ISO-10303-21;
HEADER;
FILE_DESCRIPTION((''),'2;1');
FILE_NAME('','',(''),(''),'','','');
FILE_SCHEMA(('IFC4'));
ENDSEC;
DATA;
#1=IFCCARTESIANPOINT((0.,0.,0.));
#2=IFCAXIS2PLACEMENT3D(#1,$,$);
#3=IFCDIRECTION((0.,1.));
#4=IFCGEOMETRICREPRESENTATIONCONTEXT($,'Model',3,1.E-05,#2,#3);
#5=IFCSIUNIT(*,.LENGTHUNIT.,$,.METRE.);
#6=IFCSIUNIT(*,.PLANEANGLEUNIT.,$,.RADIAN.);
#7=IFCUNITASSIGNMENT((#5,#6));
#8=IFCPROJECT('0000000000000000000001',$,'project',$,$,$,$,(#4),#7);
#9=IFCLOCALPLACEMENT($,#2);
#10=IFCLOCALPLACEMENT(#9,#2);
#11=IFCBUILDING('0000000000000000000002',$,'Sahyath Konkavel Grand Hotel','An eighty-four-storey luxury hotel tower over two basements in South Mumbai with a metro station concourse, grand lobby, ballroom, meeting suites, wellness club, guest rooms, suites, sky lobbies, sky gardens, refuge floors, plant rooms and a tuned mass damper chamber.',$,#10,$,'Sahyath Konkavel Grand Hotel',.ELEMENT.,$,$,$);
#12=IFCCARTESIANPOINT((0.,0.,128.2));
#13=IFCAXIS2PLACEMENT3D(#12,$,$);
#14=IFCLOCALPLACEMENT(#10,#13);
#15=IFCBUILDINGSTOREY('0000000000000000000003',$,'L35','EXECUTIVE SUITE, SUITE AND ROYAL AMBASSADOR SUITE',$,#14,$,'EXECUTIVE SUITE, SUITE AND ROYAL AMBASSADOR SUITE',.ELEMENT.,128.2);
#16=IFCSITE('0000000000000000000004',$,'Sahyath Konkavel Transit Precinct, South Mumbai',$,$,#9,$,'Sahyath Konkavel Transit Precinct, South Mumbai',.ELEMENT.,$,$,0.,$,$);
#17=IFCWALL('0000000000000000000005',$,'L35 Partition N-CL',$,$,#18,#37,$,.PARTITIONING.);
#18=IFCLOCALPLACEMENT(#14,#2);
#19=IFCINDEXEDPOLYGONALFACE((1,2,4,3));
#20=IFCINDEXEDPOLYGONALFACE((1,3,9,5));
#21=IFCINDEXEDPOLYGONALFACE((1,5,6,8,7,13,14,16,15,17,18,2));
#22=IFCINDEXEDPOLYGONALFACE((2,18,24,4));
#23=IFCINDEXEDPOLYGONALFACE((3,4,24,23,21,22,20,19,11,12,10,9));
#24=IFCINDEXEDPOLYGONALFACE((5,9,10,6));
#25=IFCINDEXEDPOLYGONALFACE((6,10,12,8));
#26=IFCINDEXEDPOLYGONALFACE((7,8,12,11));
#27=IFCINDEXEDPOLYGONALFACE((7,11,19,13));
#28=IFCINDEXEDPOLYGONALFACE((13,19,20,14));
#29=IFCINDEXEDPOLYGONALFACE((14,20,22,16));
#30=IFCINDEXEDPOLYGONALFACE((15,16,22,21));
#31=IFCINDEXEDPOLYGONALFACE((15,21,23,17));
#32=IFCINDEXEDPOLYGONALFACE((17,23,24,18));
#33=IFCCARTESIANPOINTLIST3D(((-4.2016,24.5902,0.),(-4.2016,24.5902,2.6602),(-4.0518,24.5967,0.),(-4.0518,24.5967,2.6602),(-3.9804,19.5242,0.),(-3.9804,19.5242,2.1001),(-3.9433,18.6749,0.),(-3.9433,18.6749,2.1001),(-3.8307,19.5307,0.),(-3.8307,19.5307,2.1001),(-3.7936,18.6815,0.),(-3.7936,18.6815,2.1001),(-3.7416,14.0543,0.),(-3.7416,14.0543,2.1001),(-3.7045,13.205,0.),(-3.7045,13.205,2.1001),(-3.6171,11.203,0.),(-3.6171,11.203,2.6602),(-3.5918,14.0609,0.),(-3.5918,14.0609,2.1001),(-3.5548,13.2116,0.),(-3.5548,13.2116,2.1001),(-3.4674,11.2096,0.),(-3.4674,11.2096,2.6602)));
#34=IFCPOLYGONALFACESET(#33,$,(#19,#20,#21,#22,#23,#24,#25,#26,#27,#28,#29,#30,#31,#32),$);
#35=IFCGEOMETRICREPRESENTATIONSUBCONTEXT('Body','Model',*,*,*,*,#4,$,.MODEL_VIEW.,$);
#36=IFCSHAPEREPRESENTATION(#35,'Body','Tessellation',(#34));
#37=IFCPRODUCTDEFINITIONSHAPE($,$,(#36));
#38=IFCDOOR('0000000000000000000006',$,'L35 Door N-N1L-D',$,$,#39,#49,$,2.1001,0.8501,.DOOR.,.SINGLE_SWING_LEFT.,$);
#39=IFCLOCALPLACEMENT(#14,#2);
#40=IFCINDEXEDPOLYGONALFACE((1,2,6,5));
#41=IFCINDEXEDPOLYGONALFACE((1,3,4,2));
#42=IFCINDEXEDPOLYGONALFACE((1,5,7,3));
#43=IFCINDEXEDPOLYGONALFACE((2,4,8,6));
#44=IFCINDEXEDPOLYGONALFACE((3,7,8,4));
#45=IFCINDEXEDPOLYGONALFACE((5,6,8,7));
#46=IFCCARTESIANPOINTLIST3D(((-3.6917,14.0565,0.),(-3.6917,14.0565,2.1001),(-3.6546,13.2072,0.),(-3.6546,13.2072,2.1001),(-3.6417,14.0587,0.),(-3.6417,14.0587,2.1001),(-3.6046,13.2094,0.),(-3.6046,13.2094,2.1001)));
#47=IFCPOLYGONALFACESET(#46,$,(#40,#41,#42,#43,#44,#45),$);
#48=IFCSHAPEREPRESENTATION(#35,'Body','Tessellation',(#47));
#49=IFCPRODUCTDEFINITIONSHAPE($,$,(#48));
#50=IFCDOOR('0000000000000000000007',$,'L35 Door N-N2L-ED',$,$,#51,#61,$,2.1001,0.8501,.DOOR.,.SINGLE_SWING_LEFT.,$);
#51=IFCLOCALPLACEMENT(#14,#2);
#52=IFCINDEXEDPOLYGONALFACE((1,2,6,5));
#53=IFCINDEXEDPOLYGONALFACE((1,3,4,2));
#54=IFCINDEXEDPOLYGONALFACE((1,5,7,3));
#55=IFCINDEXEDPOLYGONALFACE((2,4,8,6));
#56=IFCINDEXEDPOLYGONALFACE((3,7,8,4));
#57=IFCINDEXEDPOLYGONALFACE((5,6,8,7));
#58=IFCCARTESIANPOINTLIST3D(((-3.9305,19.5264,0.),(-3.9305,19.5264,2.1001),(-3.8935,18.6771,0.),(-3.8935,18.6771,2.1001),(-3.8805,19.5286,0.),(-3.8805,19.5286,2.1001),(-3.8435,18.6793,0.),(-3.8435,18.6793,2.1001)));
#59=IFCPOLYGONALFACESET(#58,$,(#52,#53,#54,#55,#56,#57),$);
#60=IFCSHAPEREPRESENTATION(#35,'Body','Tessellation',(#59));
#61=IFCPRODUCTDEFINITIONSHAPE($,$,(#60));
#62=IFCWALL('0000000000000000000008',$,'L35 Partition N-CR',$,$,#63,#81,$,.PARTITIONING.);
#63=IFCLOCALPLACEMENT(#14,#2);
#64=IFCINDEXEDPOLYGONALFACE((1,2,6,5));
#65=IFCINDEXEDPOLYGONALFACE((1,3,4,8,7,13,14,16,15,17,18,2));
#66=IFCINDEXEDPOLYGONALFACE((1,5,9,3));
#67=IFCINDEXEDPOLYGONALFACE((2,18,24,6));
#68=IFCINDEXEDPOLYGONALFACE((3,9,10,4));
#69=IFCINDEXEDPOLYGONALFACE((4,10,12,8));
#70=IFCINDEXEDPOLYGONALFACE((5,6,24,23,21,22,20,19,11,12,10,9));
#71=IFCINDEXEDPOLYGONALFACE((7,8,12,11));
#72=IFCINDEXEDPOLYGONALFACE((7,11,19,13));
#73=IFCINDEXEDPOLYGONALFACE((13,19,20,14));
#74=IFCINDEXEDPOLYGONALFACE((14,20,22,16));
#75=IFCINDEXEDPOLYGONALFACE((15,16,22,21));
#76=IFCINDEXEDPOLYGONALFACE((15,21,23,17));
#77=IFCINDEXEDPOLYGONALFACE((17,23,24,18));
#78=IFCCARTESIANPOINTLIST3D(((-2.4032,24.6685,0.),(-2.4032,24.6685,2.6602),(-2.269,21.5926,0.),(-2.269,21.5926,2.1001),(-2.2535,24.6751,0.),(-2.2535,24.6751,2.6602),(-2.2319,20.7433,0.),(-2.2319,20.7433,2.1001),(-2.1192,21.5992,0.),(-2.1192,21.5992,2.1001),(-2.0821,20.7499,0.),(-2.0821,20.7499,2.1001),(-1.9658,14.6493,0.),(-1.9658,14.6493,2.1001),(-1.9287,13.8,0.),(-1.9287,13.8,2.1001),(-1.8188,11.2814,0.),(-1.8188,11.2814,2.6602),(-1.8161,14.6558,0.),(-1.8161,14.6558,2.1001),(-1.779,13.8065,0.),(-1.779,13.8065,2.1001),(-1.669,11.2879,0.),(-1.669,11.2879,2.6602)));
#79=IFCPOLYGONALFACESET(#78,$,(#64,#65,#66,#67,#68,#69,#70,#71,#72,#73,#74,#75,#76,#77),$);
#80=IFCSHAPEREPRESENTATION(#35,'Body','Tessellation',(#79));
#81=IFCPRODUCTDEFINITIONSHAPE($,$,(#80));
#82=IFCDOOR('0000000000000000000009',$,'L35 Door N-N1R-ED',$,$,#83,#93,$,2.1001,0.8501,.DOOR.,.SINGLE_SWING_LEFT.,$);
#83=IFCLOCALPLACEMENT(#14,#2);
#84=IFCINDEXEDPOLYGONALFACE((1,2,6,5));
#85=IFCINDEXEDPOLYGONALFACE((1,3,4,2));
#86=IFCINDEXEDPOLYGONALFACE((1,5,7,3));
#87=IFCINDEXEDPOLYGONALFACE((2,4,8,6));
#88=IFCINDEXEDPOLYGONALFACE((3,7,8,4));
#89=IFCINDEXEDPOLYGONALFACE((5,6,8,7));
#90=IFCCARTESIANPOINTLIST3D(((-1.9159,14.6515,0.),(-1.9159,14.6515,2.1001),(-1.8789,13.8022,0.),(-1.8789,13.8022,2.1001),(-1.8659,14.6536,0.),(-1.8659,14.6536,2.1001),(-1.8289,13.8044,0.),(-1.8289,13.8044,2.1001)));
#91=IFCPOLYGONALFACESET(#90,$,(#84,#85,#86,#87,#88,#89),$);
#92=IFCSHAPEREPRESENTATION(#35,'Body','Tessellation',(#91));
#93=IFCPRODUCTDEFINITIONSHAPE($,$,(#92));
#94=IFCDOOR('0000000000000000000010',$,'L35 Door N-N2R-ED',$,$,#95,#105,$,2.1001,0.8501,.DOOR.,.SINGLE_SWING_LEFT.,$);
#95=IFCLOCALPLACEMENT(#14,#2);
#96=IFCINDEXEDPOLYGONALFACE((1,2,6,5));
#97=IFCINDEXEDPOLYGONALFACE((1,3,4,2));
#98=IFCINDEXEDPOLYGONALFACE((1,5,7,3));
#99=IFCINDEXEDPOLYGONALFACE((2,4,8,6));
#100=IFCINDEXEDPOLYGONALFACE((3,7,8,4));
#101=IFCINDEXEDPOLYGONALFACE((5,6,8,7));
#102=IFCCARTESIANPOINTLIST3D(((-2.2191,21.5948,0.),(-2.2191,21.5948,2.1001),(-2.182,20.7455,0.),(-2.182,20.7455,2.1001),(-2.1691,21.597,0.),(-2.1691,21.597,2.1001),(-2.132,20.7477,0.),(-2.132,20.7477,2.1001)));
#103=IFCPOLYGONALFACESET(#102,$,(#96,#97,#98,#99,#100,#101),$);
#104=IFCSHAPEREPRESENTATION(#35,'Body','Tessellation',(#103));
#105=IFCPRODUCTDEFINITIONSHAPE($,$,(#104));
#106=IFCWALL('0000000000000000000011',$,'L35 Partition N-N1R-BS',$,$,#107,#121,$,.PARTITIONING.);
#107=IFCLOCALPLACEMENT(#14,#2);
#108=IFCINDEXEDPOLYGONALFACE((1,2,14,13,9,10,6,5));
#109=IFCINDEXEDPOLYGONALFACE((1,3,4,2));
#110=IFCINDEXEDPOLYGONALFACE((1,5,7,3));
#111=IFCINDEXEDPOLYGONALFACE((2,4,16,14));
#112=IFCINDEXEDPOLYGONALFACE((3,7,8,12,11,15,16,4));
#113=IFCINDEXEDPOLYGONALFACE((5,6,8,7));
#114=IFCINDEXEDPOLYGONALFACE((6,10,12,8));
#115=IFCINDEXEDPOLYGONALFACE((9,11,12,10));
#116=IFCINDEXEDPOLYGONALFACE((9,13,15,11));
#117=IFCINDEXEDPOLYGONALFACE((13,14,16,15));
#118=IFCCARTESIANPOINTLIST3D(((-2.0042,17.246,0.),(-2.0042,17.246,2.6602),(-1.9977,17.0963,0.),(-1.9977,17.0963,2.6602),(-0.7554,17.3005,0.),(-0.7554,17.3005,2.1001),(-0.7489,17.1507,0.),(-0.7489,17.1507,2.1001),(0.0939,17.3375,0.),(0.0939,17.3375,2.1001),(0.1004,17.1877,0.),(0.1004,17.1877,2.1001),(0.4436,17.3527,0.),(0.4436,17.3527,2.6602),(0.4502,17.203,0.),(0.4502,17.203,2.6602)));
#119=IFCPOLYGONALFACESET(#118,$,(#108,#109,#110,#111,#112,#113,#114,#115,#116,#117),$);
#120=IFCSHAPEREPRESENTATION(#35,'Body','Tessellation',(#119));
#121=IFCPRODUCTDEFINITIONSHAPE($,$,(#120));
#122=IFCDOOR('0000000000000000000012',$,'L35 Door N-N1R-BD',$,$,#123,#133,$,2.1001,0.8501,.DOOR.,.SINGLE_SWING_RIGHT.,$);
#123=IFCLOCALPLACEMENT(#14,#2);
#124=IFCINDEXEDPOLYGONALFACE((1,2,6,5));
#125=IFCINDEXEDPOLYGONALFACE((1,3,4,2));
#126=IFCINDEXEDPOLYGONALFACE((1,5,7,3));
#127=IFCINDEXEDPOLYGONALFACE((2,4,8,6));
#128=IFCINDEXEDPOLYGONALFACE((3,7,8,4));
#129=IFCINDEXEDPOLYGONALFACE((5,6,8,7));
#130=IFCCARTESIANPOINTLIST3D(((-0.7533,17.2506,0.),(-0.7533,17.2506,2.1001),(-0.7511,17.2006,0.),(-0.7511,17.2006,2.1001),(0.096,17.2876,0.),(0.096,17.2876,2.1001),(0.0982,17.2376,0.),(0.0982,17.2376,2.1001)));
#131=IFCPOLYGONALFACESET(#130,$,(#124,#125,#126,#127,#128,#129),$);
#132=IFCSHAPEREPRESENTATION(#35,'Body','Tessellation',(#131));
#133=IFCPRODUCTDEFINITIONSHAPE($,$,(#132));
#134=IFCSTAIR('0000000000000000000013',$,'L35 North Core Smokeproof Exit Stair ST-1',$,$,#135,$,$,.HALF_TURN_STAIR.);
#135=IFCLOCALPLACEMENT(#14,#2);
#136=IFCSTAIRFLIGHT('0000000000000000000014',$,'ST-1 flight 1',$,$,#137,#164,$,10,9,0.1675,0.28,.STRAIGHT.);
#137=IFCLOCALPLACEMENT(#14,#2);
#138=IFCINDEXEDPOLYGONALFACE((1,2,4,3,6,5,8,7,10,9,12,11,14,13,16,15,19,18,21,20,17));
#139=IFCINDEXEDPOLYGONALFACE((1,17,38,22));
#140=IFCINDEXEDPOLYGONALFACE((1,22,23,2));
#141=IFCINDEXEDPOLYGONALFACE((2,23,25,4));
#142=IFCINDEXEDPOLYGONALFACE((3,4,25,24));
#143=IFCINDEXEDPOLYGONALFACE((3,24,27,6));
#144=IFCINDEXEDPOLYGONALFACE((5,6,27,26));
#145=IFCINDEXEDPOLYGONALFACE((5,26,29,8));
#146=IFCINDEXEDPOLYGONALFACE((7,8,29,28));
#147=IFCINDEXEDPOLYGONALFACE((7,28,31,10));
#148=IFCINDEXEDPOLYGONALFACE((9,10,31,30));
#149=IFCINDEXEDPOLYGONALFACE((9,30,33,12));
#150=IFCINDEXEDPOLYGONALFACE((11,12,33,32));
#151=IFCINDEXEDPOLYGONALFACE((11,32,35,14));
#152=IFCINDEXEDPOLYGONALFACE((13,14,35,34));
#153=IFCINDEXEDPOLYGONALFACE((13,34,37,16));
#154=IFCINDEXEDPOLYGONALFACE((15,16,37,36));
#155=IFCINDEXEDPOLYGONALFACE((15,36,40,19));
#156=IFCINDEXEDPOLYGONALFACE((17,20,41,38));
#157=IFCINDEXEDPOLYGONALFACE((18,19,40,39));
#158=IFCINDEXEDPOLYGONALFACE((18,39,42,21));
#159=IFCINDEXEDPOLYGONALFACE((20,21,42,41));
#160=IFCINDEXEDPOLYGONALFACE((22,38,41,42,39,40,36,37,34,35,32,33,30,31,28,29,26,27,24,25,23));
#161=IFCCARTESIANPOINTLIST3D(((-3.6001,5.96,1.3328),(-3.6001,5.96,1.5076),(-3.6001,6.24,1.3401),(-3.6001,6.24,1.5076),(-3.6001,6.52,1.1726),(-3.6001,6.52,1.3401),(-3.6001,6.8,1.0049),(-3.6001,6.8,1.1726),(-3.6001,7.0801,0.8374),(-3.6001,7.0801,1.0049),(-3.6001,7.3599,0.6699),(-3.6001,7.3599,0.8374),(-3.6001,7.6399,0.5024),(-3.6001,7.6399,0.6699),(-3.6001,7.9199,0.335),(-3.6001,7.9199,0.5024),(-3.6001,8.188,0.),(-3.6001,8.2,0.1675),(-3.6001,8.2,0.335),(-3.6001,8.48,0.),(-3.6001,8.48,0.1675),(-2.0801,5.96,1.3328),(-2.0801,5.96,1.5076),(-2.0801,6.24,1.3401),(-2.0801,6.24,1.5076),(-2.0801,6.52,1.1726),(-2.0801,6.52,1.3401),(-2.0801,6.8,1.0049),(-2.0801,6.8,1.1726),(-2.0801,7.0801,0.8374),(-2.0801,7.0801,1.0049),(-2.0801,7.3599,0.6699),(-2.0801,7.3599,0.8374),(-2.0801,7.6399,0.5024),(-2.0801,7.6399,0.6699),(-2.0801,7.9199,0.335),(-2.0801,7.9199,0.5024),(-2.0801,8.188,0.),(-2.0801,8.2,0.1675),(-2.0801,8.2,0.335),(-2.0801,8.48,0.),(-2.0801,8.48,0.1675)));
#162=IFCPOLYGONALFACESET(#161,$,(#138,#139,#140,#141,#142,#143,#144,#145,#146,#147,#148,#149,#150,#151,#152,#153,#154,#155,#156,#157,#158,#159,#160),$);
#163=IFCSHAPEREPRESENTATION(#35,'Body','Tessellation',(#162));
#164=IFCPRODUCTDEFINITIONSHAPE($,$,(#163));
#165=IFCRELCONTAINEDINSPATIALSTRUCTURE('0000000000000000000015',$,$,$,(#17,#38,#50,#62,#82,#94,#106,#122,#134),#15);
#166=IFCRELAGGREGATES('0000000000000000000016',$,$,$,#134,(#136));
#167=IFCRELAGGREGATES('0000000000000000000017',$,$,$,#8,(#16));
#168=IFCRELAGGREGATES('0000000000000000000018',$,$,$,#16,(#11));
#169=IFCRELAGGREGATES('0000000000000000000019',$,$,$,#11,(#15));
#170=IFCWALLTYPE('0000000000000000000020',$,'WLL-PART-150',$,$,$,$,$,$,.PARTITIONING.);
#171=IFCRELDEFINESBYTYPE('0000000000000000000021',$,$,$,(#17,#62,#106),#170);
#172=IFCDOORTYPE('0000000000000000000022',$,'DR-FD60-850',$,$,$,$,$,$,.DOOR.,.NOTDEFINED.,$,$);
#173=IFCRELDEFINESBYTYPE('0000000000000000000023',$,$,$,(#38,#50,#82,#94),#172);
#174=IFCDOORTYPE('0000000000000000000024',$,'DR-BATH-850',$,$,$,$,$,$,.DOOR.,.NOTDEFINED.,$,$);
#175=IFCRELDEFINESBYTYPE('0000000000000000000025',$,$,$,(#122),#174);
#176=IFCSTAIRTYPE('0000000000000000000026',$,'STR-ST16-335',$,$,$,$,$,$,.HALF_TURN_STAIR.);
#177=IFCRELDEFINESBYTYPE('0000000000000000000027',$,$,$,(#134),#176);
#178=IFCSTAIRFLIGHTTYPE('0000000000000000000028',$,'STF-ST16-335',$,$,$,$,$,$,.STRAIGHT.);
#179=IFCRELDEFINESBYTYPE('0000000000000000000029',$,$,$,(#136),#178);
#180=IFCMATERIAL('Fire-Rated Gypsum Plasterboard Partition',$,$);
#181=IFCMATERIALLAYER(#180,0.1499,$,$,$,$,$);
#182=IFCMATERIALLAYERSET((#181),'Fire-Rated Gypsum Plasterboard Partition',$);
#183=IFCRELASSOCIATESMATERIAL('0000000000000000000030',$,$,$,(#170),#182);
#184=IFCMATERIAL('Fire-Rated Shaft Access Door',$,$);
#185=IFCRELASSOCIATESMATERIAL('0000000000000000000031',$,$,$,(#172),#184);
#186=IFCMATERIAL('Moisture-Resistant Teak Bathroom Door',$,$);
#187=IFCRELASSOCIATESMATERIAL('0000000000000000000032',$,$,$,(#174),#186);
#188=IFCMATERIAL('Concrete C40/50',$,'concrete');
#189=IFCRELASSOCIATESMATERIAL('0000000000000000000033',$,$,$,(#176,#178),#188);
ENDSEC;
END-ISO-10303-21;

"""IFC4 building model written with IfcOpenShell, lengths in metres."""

from ifc_helpers import new_model, si_unit, direction, frame, frame_2d, origin, origin_2d, place, context, subcontext, project, spatial, polyline, rectangle, outline, extrude, source, transform, mapped, material, layer, layer_set, type_object, element, fill, aggregate, save


model = new_model("IFC4")

# Units and contexts
model_context = context("Model", 3, precision=1e-05, world=origin(), true_north=direction((0.0, 1.0)))
body_context = subcontext(model_context, "Body", "Model", "MODEL_VIEW")
ifc_project = project(units=[si_unit("LENGTHUNIT", "METRE"), si_unit("PLANEANGLEUNIT", "RADIAN")], contexts=[model_context])

# Site, building, storey
site_placement = place(None, origin())
site = spatial("IfcSite", under=ifc_project, at=site_placement, Name="Sahyath Konkavel Transit Precinct, South Mumbai", LongName="Sahyath Konkavel Transit Precinct, South Mumbai", CompositionType="ELEMENT", RefElevation=0.0)
building_placement = place(site_placement, origin())
building = spatial("IfcBuilding", under=site, at=building_placement, Name="Sahyath Konkavel Grand Hotel", Description="An eighty-four-storey luxury hotel tower over two basements in South Mumbai with a metro station concourse, grand lobby, ballroom, meeting suites, wellness club, guest rooms, suites, sky lobbies, sky gardens, refuge floors, plant rooms and a tuned mass damper chamber.", LongName="Sahyath Konkavel Grand Hotel", CompositionType="ELEMENT")
storey_placement = place(building_placement, frame((0.0, 0.0, 128.2)))
storey = spatial("IfcBuildingStorey", under=building, at=storey_placement, Name="L35", Description="EXECUTIVE SUITE, SUITE AND ROYAL AMBASSADOR SUITE", LongName="EXECUTIVE SUITE, SUITE AND ROYAL AMBASSADOR SUITE", CompositionType="ELEMENT", Elevation=128.2)

# Walls, openings, doors
ifc_material_1 = material(Name="Fire-Rated Gypsum Plasterboard Partition")
ifc_layer_1 = layer(ifc_material_1, 0.1499)
ifc_layer_set_1 = layer_set([ifc_layer_1], Name="Fire-Rated Gypsum Plasterboard Partition")
wall_type_1 = type_object("IfcWallType", Name="WLL-PART-150", PredefinedType="PARTITIONING", material=ifc_layer_set_1)
wall_1_placement = place(storey_placement, frame((-3.5422, 11.2063, 0.0), z_axis=(0.0, 0.0, 1.0), x_axis=(-0.043617, 0.999048, 0.0)))
wall_1 = element("IfcWall", 1, at=wall_1_placement, inside=storey, type_object=wall_type_1, Name="L35 Partition N-CL", PredefinedType="PARTITIONING", context=body_context, shape_type="SweptSolid", body=[
    extrude(rectangle(XDim=13.3999, YDim=0.1499, at=frame_2d((6.7, 0.0))), origin(), (0.0, 0.0, 1.0), 2.6602),
])
opening_1_placement = place(wall_1_placement, frame((2.0039, 0.0, 0.0)))
opening_1 = element("IfcOpeningElement", 2, at=opening_1_placement, cuts=wall_1, PredefinedType="OPENING", context=body_context, shape_type="SweptSolid", body=[
    extrude(rectangle(XDim=0.8501, YDim=2.1001, at=frame_2d((0.425, 1.05))), frame((0.0, 0.085, 0.0), z_axis=(0.0, -1.0, 0.0), x_axis=(1.0, 0.0, 0.0)), (0.0, 0.0, 1.0), 0.1699),
])
opening_2_placement = place(wall_1_placement, frame((7.479, 0.0, 0.0)))
opening_2 = element("IfcOpeningElement", 3, at=opening_2_placement, cuts=wall_1, PredefinedType="OPENING", context=body_context, shape_type="SweptSolid", body=[
    extrude(rectangle(XDim=0.8501, YDim=2.1001, at=frame_2d((0.425, 1.05))), frame((0.0, 0.085, 0.0), z_axis=(0.0, -1.0, 0.0), x_axis=(1.0, 0.0, 0.0)), (0.0, 0.0, 1.0), 0.1699),
])
ifc_material_2 = material(Name="Fire-Rated Shaft Access Door")
door_type_1 = type_object("IfcDoorType", Name="DR-FD60-850", OperationType="NOTDEFINED", PredefinedType="DOOR", material=ifc_material_2)
shared_shape_1 = source(origin(), body_context, "Body", "SweptSolid", [
    extrude(rectangle(XDim=0.8501, YDim=0.05, at=origin_2d()), origin(), (0.0, 0.0, 1.0), 2.1001),
])
door_1_placement = place(opening_1_placement, frame((0.425, 0.0, 0.0)))
door_1 = element("IfcDoor", 4, at=door_1_placement, inside=storey, type_object=door_type_1, Name="L35 Door N-N1L-D", OperationType="SINGLE_SWING_LEFT", OverallHeight=2.1001, OverallWidth=0.8501, PredefinedType="DOOR", context=body_context, shape_type="MappedRepresentation", body=[
    mapped(shared_shape_1, transform((0.0, 0.0, 0.0), scale=1.0)),
])
fill(opening_1, door_1)
door_2_placement = place(opening_2_placement, frame((0.425, 0.0, 0.0)))
door_2 = element("IfcDoor", 5, at=door_2_placement, inside=storey, type_object=door_type_1, Name="L35 Door N-N2L-ED", OperationType="SINGLE_SWING_LEFT", OverallHeight=2.1001, OverallWidth=0.8501, PredefinedType="DOOR", context=body_context, shape_type="MappedRepresentation", body=[
    mapped(shared_shape_1, transform((0.0, 0.0, 0.0), scale=1.0)),
])
fill(opening_2, door_2)
wall_2_placement = place(storey_placement, frame((-1.7439, 11.2847, 0.0), z_axis=(0.0, 0.0, 1.0), x_axis=(-0.043617, 0.999048, 0.0)))
wall_2 = element("IfcWall", 6, at=wall_2_placement, inside=storey, type_object=wall_type_1, Name="L35 Partition N-CR", PredefinedType="PARTITIONING", context=body_context, shape_type="SweptSolid", body=[
    extrude(rectangle(XDim=13.3999, YDim=0.1499, at=frame_2d((6.7, 0.0))), origin(), (0.0, 0.0, 1.0), 2.6602),
])
opening_3_placement = place(wall_2_placement, frame((2.521, 0.0, 0.0)))
opening_3 = element("IfcOpeningElement", 7, at=opening_3_placement, cuts=wall_2, PredefinedType="OPENING", context=body_context, shape_type="SweptSolid", body=[
    extrude(rectangle(XDim=0.8501, YDim=2.1001, at=frame_2d((0.425, 1.05))), frame((0.0, 0.085, 0.0), z_axis=(0.0, -1.0, 0.0), x_axis=(1.0, 0.0, 0.0)), (0.0, 0.0, 1.0), 0.1699),
])
opening_4_placement = place(wall_2_placement, frame((9.4709, 0.0, 0.0)))
opening_4 = element("IfcOpeningElement", 8, at=opening_4_placement, cuts=wall_2, PredefinedType="OPENING", context=body_context, shape_type="SweptSolid", body=[
    extrude(rectangle(XDim=0.8501, YDim=2.1001, at=frame_2d((0.425, 1.05))), frame((0.0, 0.085, 0.0), z_axis=(0.0, -1.0, 0.0), x_axis=(1.0, 0.0, 0.0)), (0.0, 0.0, 1.0), 0.1699),
])
door_3_placement = place(opening_3_placement, frame((0.425, 0.0, 0.0)))
door_3 = element("IfcDoor", 9, at=door_3_placement, inside=storey, type_object=door_type_1, Name="L35 Door N-N1R-ED", OperationType="SINGLE_SWING_LEFT", OverallHeight=2.1001, OverallWidth=0.8501, PredefinedType="DOOR", context=body_context, shape_type="MappedRepresentation", body=[
    mapped(shared_shape_1, transform((0.0, 0.0, 0.0), scale=1.0)),
])
fill(opening_3, door_3)
door_4_placement = place(opening_4_placement, frame((0.425, 0.0, 0.0)))
door_4 = element("IfcDoor", 10, at=door_4_placement, inside=storey, type_object=door_type_1, Name="L35 Door N-N2R-ED", OperationType="SINGLE_SWING_LEFT", OverallHeight=2.1001, OverallWidth=0.8501, PredefinedType="DOOR", context=body_context, shape_type="MappedRepresentation", body=[
    mapped(shared_shape_1, transform((0.0, 0.0, 0.0), scale=1.0)),
])
fill(opening_4, door_4)

# Wall, opening, door
wall_3_placement = place(storey_placement, frame((-2.001, 17.1711, 0.0), z_axis=(0.0, 0.0, 1.0), x_axis=(0.999051, 0.043545, 0.0)))
wall_3 = element("IfcWall", 11, at=wall_3_placement, inside=storey, type_object=wall_type_1, Name="L35 Partition N-N1R-BS", PredefinedType="PARTITIONING", context=body_context, shape_type="SweptSolid", body=[
    extrude(rectangle(XDim=2.4502, YDim=0.1499, at=frame_2d((1.2251, 0.0))), origin(), (0.0, 0.0, 1.0), 2.6602),
])
opening_5_placement = place(wall_3_placement, frame((1.25, 0.0, 0.0)))
opening_5 = element("IfcOpeningElement", 12, at=opening_5_placement, cuts=wall_3, PredefinedType="OPENING", context=body_context, shape_type="SweptSolid", body=[
    extrude(rectangle(XDim=0.8501, YDim=2.1001, at=frame_2d((0.425, 1.05))), frame((0.0, 0.085, 0.0), z_axis=(0.0, -1.0, 0.0), x_axis=(1.0, 0.0, 0.0)), (0.0, 0.0, 1.0), 0.1699),
])
ifc_material_3 = material(Name="Moisture-Resistant Teak Bathroom Door")
door_type_2 = type_object("IfcDoorType", Name="DR-BATH-850", OperationType="NOTDEFINED", PredefinedType="DOOR", material=ifc_material_3)
door_5_placement = place(opening_5_placement, frame((0.425, 0.0, 0.0)))
door_5 = element("IfcDoor", 13, at=door_5_placement, inside=storey, type_object=door_type_2, Name="L35 Door N-N1R-BD", OperationType="SINGLE_SWING_RIGHT", OverallHeight=2.1001, OverallWidth=0.8501, PredefinedType="DOOR", context=body_context, shape_type="MappedRepresentation", body=[
    mapped(shared_shape_1, transform((0.0, 0.0, 0.0), scale=1.0)),
])
fill(opening_5, door_5)

# Stair, stair flight
ifc_material_4 = material(Name="Concrete C40/50", Category="concrete")
stair_type = type_object("IfcStairType", Name="STR-ST16-335", PredefinedType="HALF_TURN_STAIR", material=ifc_material_4)
stair_placement = place(storey_placement, origin())
stair = element("IfcStair", 14, at=stair_placement, inside=storey, type_object=stair_type, Name="L35 North Core Smokeproof Exit Stair ST-1", PredefinedType="HALF_TURN_STAIR")
stair_flight_type = type_object("IfcStairFlightType", Name="STF-ST16-335", PredefinedType="STRAIGHT", material=ifc_material_4)
stair_flight_placement = place(storey_placement, frame((-2.8401, 8.48, 0.0), z_axis=(0.0, 0.0, 1.0), x_axis=(0.0, -1.0, 0.0)))
stair_flight = element("IfcStairFlight", 15, at=stair_flight_placement, type_object=stair_flight_type, Name="ST-1 flight 1", NumberOfRisers=10, NumberOfTreads=9, PredefinedType="STRAIGHT", RiserHeight=0.1675, TreadLength=0.28, context=body_context, shape_type="SweptSolid", body=[
    extrude(outline(polyline([(0.0, 0.0), (0.0, 0.1675), (0.28, 0.1675), (0.28, 0.335), (0.5601, 0.335), (0.5601, 0.5024), (0.8401, 0.5024), (0.8401, 0.6699), (1.1201, 0.6699), (1.1201, 0.8374), (1.3999, 0.8374), (1.3999, 1.0049), (1.6799, 1.0049), (1.6799, 1.1726), (1.96, 1.1726), (1.96, 1.3401), (2.24, 1.3401), (2.24, 1.5076), (2.52, 1.5076), (2.52, 1.675), (2.52, 1.3328), (0.292, 0.0), (0.0, 0.0)])), frame((0.0, 0.76, 0.0), z_axis=(0.0, -1.0, 0.0), x_axis=(1.0, 0.0, 0.0)), (0.0, 0.0, 1.0), 1.52),
])
aggregate(stair, [stair_flight])

save(model, "model.ifc")
